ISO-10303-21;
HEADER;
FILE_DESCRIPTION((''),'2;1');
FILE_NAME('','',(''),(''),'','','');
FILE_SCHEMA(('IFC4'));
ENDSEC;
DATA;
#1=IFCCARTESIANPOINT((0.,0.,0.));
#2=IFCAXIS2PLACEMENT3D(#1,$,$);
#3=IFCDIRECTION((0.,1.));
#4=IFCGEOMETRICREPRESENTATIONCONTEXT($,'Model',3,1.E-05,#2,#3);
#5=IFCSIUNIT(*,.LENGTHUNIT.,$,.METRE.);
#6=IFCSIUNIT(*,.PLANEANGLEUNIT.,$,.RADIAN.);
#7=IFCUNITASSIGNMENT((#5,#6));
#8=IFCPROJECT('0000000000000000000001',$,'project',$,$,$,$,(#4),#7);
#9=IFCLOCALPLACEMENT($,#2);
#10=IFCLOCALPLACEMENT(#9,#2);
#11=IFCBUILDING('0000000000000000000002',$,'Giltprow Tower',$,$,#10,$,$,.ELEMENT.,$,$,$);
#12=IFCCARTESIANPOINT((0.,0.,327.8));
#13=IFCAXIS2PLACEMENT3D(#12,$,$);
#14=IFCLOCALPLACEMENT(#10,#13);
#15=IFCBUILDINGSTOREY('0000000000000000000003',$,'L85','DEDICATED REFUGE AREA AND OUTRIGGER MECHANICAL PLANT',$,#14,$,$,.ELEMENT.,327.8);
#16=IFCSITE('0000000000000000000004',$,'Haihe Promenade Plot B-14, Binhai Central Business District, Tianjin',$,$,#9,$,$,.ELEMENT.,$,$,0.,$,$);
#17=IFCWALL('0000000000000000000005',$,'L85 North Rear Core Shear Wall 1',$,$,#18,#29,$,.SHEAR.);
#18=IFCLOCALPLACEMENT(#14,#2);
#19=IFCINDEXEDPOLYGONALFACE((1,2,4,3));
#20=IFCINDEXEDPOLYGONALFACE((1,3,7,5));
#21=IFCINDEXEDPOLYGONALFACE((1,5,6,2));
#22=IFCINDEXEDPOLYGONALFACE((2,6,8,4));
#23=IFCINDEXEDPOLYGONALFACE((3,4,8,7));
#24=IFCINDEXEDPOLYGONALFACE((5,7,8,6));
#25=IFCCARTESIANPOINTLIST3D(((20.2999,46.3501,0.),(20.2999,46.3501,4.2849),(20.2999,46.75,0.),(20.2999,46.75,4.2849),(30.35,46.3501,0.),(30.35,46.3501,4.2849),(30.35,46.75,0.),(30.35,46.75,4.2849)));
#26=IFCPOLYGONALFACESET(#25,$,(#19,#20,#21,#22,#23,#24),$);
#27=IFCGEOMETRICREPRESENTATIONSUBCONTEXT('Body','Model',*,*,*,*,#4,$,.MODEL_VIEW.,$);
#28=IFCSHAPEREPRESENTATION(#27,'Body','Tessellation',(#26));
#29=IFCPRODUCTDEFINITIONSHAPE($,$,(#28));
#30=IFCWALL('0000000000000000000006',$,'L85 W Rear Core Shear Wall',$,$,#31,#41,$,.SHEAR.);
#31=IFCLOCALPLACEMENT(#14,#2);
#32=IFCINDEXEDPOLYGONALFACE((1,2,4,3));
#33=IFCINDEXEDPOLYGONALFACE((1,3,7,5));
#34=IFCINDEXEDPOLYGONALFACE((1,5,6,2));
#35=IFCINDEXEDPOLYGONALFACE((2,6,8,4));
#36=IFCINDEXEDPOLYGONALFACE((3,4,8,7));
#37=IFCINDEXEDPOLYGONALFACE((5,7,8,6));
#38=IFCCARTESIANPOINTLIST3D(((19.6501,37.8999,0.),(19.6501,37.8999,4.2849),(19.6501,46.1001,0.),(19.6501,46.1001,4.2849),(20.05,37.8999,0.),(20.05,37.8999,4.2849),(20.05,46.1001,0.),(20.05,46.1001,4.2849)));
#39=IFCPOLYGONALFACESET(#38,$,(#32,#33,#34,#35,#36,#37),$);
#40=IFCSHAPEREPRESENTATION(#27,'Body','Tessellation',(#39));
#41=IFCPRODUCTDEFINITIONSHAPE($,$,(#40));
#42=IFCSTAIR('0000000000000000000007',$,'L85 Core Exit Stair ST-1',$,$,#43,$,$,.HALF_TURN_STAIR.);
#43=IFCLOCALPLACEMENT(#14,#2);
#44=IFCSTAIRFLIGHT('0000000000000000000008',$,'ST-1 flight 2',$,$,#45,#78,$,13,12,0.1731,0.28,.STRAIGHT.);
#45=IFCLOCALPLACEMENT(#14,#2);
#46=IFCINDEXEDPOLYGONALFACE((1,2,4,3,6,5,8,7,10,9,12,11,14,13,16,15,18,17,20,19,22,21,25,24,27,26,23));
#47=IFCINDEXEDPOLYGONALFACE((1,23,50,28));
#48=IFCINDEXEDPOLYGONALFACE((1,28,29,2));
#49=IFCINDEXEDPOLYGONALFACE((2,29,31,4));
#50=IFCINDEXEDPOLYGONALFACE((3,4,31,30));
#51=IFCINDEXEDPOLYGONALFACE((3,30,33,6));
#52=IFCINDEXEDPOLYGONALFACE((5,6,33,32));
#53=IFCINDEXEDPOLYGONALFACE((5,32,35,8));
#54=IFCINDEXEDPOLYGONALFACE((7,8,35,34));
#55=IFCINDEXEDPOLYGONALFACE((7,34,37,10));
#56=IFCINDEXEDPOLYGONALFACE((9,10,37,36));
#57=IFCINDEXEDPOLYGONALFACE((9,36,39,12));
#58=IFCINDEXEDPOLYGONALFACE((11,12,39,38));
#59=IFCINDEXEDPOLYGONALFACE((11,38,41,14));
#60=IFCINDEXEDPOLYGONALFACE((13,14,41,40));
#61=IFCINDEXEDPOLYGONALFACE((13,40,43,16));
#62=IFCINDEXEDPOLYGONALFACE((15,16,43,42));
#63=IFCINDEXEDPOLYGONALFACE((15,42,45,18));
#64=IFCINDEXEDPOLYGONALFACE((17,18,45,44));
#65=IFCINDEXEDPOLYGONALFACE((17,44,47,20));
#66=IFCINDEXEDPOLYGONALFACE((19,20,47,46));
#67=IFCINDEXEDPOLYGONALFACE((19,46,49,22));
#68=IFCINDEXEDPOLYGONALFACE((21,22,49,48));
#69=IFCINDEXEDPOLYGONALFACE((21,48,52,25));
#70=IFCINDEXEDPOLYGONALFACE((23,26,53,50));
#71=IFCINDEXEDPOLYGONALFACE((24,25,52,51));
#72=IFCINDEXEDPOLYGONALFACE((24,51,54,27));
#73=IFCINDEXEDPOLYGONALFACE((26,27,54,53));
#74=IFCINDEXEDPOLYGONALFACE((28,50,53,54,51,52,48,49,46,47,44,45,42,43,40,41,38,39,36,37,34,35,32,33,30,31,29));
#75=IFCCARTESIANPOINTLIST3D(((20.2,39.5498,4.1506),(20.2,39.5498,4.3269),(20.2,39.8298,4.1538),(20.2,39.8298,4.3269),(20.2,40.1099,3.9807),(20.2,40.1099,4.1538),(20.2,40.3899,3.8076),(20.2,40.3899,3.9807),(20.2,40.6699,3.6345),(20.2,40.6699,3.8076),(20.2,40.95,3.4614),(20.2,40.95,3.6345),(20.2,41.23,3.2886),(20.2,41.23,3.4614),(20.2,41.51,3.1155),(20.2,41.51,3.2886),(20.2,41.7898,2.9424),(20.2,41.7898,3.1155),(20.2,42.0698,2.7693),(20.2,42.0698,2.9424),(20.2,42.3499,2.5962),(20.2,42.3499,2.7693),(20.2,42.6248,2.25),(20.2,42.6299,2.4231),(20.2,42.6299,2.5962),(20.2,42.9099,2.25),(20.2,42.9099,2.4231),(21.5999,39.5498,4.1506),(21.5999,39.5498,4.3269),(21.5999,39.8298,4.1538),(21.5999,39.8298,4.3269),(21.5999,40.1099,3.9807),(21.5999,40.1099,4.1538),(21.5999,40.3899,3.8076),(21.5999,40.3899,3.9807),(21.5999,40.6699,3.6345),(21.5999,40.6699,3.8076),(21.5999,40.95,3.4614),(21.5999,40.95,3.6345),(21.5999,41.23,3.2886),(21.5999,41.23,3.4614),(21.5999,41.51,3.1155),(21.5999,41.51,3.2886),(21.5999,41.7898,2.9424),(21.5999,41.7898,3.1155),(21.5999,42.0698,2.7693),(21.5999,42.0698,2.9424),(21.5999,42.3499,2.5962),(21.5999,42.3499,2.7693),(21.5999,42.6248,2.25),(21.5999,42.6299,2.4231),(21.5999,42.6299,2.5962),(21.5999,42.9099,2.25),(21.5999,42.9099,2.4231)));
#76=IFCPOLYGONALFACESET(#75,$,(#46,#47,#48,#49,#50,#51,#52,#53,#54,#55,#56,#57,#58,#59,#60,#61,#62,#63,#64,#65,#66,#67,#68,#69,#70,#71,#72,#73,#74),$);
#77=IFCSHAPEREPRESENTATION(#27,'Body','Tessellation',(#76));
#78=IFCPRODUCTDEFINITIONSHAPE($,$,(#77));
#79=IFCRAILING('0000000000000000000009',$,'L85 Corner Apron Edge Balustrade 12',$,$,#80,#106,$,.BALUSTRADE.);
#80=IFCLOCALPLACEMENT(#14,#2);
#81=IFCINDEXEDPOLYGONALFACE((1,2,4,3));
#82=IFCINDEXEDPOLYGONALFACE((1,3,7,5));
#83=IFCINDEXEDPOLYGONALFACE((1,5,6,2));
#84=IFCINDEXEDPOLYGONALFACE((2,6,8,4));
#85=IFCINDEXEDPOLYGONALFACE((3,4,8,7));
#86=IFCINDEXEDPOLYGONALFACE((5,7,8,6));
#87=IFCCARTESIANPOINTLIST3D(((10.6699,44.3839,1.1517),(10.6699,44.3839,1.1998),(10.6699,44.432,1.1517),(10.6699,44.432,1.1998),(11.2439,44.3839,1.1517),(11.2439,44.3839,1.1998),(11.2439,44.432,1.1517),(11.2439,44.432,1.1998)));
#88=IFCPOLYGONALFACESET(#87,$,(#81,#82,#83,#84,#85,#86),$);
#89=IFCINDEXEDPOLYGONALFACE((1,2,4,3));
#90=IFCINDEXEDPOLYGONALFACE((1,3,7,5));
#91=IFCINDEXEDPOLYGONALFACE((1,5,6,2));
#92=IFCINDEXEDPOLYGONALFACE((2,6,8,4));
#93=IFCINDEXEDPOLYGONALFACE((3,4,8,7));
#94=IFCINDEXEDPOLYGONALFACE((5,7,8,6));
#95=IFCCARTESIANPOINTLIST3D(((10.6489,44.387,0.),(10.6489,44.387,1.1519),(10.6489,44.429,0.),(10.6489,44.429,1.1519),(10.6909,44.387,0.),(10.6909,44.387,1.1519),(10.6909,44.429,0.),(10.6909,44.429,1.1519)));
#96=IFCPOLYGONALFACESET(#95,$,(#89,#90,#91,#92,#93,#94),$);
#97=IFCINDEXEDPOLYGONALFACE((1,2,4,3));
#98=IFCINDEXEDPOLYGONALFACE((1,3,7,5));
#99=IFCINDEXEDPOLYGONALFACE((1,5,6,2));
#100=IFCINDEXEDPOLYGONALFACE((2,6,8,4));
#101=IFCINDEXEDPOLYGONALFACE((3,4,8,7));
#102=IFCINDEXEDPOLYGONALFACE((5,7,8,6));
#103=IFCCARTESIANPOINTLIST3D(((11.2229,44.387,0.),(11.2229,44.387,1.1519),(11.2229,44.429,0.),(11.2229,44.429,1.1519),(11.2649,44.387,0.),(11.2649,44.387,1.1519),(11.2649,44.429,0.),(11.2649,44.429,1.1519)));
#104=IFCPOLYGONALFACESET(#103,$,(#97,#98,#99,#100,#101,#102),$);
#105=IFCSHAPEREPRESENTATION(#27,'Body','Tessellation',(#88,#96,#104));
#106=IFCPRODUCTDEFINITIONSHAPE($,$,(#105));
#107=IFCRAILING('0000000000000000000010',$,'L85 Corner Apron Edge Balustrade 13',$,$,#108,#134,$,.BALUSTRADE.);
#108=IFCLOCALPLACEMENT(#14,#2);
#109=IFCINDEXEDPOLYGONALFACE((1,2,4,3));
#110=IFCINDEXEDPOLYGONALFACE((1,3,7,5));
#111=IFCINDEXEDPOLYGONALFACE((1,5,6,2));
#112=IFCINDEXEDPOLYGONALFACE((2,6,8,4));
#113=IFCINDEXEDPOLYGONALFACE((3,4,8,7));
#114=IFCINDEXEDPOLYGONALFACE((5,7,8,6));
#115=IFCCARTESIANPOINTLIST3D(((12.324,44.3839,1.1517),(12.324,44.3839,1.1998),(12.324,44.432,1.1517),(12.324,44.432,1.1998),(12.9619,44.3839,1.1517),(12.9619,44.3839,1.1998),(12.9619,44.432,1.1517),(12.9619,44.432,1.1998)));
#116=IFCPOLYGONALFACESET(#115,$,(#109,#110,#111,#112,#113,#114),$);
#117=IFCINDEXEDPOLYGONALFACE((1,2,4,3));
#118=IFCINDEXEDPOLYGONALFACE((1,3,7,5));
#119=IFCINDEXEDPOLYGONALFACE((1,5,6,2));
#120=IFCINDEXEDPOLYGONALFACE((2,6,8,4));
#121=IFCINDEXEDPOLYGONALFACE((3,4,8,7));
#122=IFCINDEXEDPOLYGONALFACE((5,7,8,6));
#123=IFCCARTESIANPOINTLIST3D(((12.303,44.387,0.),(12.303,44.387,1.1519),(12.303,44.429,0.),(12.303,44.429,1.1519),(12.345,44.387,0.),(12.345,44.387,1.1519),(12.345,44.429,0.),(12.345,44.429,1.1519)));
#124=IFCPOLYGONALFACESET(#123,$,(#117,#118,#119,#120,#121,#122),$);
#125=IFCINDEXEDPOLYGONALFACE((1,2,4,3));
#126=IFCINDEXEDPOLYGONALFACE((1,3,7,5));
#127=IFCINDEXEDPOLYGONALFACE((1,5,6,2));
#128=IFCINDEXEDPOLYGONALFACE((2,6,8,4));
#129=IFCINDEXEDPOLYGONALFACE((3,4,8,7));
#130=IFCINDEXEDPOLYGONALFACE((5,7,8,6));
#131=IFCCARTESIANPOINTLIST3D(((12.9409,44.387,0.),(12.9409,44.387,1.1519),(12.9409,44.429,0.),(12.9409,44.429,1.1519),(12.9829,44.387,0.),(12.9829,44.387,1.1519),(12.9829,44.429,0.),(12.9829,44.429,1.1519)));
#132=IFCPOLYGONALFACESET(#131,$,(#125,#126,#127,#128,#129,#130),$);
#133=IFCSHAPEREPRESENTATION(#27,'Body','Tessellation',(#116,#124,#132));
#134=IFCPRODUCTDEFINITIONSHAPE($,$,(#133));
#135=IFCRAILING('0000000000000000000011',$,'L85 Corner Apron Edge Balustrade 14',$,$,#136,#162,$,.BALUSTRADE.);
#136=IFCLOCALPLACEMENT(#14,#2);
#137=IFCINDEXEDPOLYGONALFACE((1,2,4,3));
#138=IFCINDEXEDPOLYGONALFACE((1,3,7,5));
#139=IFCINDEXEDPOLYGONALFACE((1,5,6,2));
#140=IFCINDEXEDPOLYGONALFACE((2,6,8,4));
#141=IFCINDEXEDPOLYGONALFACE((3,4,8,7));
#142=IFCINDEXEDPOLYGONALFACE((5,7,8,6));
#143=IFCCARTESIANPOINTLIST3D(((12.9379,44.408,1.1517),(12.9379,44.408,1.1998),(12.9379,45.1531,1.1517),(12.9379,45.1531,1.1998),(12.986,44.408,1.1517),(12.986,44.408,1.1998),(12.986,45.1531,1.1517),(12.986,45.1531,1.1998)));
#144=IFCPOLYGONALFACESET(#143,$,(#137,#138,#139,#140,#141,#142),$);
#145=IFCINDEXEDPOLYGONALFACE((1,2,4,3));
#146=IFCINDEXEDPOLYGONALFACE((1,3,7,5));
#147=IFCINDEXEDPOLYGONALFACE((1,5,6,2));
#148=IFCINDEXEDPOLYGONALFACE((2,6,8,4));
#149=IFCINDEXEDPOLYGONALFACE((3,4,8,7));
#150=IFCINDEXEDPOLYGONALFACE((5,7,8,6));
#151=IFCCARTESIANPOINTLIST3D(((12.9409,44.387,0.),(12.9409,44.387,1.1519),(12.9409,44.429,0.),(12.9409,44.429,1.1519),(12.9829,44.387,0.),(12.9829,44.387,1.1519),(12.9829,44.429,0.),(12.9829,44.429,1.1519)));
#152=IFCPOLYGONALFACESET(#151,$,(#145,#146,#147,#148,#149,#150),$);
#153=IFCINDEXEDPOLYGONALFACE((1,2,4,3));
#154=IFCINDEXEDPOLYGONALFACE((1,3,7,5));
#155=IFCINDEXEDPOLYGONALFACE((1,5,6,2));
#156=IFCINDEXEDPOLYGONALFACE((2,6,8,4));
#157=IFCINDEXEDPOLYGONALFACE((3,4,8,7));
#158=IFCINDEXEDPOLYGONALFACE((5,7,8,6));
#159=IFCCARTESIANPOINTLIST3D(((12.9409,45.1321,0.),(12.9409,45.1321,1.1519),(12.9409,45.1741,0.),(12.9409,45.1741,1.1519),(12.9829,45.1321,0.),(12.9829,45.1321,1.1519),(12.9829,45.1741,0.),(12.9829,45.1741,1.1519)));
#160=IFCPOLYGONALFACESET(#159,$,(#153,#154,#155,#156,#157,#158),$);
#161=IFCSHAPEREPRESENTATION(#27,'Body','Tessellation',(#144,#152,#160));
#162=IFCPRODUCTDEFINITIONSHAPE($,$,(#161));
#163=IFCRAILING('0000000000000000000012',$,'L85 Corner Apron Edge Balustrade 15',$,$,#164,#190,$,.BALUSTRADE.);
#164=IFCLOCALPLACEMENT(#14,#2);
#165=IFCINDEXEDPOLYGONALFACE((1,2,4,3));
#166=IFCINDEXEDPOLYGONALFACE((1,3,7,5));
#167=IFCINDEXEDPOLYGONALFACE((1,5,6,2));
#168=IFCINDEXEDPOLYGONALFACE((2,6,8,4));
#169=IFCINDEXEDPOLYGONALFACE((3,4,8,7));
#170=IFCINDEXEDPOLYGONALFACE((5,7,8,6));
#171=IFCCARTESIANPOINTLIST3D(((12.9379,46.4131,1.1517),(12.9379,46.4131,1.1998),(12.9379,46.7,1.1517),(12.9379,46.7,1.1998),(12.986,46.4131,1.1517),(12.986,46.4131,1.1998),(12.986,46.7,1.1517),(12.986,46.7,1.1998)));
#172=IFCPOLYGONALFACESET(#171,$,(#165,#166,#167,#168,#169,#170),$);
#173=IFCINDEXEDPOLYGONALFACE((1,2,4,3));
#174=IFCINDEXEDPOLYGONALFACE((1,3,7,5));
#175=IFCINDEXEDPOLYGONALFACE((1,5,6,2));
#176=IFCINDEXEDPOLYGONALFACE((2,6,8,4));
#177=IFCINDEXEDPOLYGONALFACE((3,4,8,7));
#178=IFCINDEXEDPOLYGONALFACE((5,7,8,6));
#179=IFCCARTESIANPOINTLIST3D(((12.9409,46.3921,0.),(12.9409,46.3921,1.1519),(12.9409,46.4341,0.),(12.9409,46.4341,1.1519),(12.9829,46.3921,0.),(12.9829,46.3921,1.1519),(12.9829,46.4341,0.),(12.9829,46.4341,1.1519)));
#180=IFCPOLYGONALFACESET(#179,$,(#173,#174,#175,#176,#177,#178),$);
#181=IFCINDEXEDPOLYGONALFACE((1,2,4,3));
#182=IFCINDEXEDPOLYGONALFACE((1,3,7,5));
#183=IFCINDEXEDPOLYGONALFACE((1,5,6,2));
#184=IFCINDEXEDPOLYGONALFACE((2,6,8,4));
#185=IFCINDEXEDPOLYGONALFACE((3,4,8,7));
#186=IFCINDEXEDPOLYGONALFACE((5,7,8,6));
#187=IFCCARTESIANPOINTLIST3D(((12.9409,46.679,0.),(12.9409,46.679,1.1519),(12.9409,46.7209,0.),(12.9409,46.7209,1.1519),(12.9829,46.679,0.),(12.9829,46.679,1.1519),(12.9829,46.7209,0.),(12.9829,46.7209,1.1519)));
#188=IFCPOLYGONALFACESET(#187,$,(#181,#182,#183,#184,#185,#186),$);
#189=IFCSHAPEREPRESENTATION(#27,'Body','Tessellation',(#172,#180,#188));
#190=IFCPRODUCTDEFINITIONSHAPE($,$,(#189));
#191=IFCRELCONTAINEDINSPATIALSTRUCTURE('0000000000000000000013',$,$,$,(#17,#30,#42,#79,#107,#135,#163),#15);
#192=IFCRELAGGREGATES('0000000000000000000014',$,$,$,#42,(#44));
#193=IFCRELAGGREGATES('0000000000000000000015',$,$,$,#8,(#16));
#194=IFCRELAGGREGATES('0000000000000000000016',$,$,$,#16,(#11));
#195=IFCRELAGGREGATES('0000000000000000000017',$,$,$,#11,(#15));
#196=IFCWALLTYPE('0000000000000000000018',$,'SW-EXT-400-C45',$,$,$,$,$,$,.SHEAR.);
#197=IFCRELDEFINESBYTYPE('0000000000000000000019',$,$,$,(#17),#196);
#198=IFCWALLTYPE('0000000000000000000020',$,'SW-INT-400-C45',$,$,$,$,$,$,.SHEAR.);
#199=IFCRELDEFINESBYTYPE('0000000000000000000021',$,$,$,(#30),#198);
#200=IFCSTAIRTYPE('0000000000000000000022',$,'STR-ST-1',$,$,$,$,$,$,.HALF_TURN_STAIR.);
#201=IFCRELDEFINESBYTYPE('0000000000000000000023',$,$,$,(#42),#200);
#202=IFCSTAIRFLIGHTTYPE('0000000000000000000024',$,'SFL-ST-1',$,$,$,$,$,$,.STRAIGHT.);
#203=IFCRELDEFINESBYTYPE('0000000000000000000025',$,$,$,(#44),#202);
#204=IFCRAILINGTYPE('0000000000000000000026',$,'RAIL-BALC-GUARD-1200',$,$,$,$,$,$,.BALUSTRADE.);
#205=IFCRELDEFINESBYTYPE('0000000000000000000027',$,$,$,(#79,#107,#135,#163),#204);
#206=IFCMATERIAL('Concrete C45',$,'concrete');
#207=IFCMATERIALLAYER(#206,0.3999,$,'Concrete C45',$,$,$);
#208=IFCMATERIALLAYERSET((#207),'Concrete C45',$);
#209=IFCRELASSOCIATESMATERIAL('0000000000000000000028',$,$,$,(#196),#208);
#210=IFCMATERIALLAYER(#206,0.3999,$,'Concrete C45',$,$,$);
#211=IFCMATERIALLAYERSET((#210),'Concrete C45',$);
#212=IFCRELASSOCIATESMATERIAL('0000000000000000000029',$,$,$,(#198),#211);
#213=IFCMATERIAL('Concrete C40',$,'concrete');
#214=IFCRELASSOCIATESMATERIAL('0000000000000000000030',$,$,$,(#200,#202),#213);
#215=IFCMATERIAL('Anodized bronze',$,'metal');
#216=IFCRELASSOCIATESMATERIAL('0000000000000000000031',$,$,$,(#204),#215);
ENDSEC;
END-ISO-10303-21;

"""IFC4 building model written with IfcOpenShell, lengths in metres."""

from ifc_helpers import new_model, si_unit, direction, frame, frame_2d, origin, origin_2d, place, context, subcontext, project, spatial, polyline, rectangle, outline, extrude, material, layer, layer_set, type_object, element, aggregate, save


model = new_model("IFC4")

# Units and contexts
model_context = context("Model", 3, precision=1e-05, world=origin(), true_north=direction((0.0, 1.0)))
body_context = subcontext(model_context, "Body", "Model", "MODEL_VIEW")
ifc_project = project(units=[si_unit("LENGTHUNIT", "METRE"), si_unit("PLANEANGLEUNIT", "RADIAN")], contexts=[model_context])

# Site, building, storey
site_placement = place(None, origin())
site = spatial("IfcSite", under=ifc_project, at=site_placement, Name="Haihe Promenade Plot B-14, Binhai Central Business District, Tianjin", CompositionType="ELEMENT", RefElevation=0.0)
building_placement = place(site_placement, origin())
building = spatial("IfcBuilding", under=site, at=building_placement, Name="Giltprow Tower", CompositionType="ELEMENT")
storey_placement = place(building_placement, frame((0.0, 0.0, 327.8)))
storey = spatial("IfcBuildingStorey", under=building, at=storey_placement, Name="L85", Description="DEDICATED REFUGE AREA AND OUTRIGGER MECHANICAL PLANT", CompositionType="ELEMENT", Elevation=327.8)

# Shared definitions
ifc_material_1 = material(Name="Concrete C45", Category="concrete")

# Wall
ifc_material_2 = material(Name="Concrete C40", Category="concrete")
ifc_layer_1 = layer(ifc_material_1, 0.3999, Name="Concrete C45")
ifc_layer_set_1 = layer_set([ifc_layer_1], Name="Concrete C45")
wall_type_1 = type_object("IfcWallType", Name="SW-EXT-400-C45", PredefinedType="SHEAR", material=ifc_layer_set_1)
wall_1_placement = place(storey_placement, frame((20.3, 46.55, 0.0), z_axis=(0.0, 0.0, 1.0), x_axis=(1.0, 0.0, 0.0)))
element("IfcWall", 1, at=wall_1_placement, inside=storey, type_object=wall_type_1, Name="L85 North Rear Core Shear Wall 1", PredefinedType="SHEAR", context=body_context, shape_type="SweptSolid", body=[
    extrude(rectangle(XDim=10.05, YDim=0.3999, at=frame_2d((5.0249, 0.0))), origin(), (0.0, 0.0, 1.0), 4.2849),
])

# Shared definitions
ifc_layer_2 = layer(ifc_material_1, 0.3999, Name="Concrete C45")
ifc_layer_set_2 = layer_set([ifc_layer_2], Name="Concrete C45")
wall_type_2 = type_object("IfcWallType", Name="SW-INT-400-C45", PredefinedType="SHEAR", material=ifc_layer_set_2)

# Wall
wall_2_placement = place(storey_placement, frame((19.8501, 37.8999, 0.0), z_axis=(0.0, 0.0, 1.0), x_axis=(0.0, 1.0, 0.0)))
element("IfcWall", 2, at=wall_2_placement, inside=storey, type_object=wall_type_2, Name="L85 W Rear Core Shear Wall", PredefinedType="SHEAR", context=body_context, shape_type="SweptSolid", body=[
    extrude(rectangle(XDim=8.2002, YDim=0.3999, at=frame_2d((4.1001, 0.0))), origin(), (0.0, 0.0, 1.0), 4.2849),
])

# Stair, stair flight
stair_type = type_object("IfcStairType", Name="STR-ST-1", PredefinedType="HALF_TURN_STAIR", material=ifc_material_2)
stair_placement = place(storey_placement, origin())
stair = element("IfcStair", 3, at=stair_placement, inside=storey, type_object=stair_type, Name="L85 Core Exit Stair ST-1", PredefinedType="HALF_TURN_STAIR")
stair_flight_type = type_object("IfcStairFlightType", Name="SFL-ST-1", PredefinedType="STRAIGHT", material=ifc_material_2)
stair_flight_placement = place(storey_placement, frame((20.8999, 42.9099, 2.25), z_axis=(0.0, 0.0, 1.0), x_axis=(0.0, -1.0, 0.0)))
stair_flight = element("IfcStairFlight", 4, at=stair_flight_placement, type_object=stair_flight_type, Name="ST-1 flight 2", NumberOfRisers=13, NumberOfTreads=12, PredefinedType="STRAIGHT", RiserHeight=0.1731, TreadLength=0.28, context=body_context, shape_type="SweptSolid", body=[
    extrude(outline(polyline([(0.0, 0.0), (0.0, 0.1731), (0.28, 0.1731), (0.28, 0.3462), (0.5601, 0.3462), (0.5601, 0.5193), (0.8401, 0.5193), (0.8401, 0.6924), (1.1201, 0.6924), (1.1201, 0.8655), (1.3999, 0.8655), (1.3999, 1.0386), (1.6799, 1.0386), (1.6799, 1.2114), (1.96, 1.2114), (1.96, 1.3845), (2.24, 1.3845), (2.24, 1.5576), (2.52, 1.5576), (2.52, 1.7307), (2.8, 1.7307), (2.8, 1.9038), (3.0801, 1.9038), (3.0801, 2.0769), (3.3601, 2.0769), (3.3601, 2.25), (3.3601, 1.9006), (0.2852, 0.0), (0.0, 0.0)])), frame((0.0, 0.7, 0.0), z_axis=(0.0, -1.0, 0.0), x_axis=(1.0, 0.0, 0.0)), (0.0, 0.0, 1.0), 1.3999),
])
aggregate(stair, [stair_flight])

# Railings
ifc_material_3 = material(Name="Anodized bronze", Category="metal")
railing_type_1 = type_object("IfcRailingType", Name="RAIL-BALC-GUARD-1200", PredefinedType="BALUSTRADE", material=ifc_material_3)
railing_1_placement = place(storey_placement, frame((10.6699, 44.408, 0.0)))
element("IfcRailing", 5, at=railing_1_placement, inside=storey, type_object=railing_type_1, Name="L85 Corner Apron Edge Balustrade 12", PredefinedType="BALUSTRADE", context=body_context, shape_type="SweptSolid", body=[
    extrude(rectangle(XDim=0.0481, YDim=0.0481, at=origin_2d()), frame((0.0, 0.0, 1.1758), z_axis=(1.0, 0.0, 0.0), x_axis=(0.0, 1.0, 0.0)), (0.0, 0.0, 1.0), 0.574),
    extrude(rectangle(XDim=0.042, YDim=0.042, at=origin_2d()), origin(), (0.0, 0.0, 1.0), 1.1519),
    extrude(rectangle(XDim=0.042, YDim=0.042, at=origin_2d()), frame((0.574, 0.0, 0.0)), (0.0, 0.0, 1.0), 1.1519),
])
railing_2_placement = place(storey_placement, frame((12.324, 44.408, 0.0)))
element("IfcRailing", 6, at=railing_2_placement, inside=storey, type_object=railing_type_1, Name="L85 Corner Apron Edge Balustrade 13", PredefinedType="BALUSTRADE", context=body_context, shape_type="SweptSolid", body=[
    extrude(rectangle(XDim=0.0481, YDim=0.0481, at=origin_2d()), frame((0.0, 0.0, 1.1758), z_axis=(1.0, 0.0, 0.0), x_axis=(0.0, 1.0, 0.0)), (0.0, 0.0, 1.0), 0.6379),
    extrude(rectangle(XDim=0.042, YDim=0.042, at=origin_2d()), origin(), (0.0, 0.0, 1.0), 1.1519),
    extrude(rectangle(XDim=0.042, YDim=0.042, at=origin_2d()), frame((0.6379, 0.0, 0.0)), (0.0, 0.0, 1.0), 1.1519),
])
railing_3_placement = place(storey_placement, frame((12.9619, 44.408, 0.0)))
element("IfcRailing", 7, at=railing_3_placement, inside=storey, type_object=railing_type_1, Name="L85 Corner Apron Edge Balustrade 14", PredefinedType="BALUSTRADE", context=body_context, shape_type="SweptSolid", body=[
    extrude(rectangle(XDim=0.0481, YDim=0.0481, at=origin_2d()), frame((0.0, 0.0, 1.1758), z_axis=(0.0, 1.0, 0.0), x_axis=(-1.0, 0.0, 0.0)), (0.0, 0.0, 1.0), 0.7451),
    extrude(rectangle(XDim=0.042, YDim=0.042, at=origin_2d()), origin(), (0.0, 0.0, 1.0), 1.1519),
    extrude(rectangle(XDim=0.042, YDim=0.042, at=origin_2d()), frame((0.0, 0.7451, 0.0)), (0.0, 0.0, 1.0), 1.1519),
])
railing_4_placement = place(storey_placement, frame((12.9619, 46.4131, 0.0)))
element("IfcRailing", 8, at=railing_4_placement, inside=storey, type_object=railing_type_1, Name="L85 Corner Apron Edge Balustrade 15", PredefinedType="BALUSTRADE", context=body_context, shape_type="SweptSolid", body=[
    extrude(rectangle(XDim=0.0481, YDim=0.0481, at=origin_2d()), frame((0.0, 0.0, 1.1758), z_axis=(0.0, 1.0, 0.0), x_axis=(-1.0, 0.0, 0.0)), (0.0, 0.0, 1.0), 0.2869),
    extrude(rectangle(XDim=0.042, YDim=0.042, at=origin_2d()), origin(), (0.0, 0.0, 1.0), 1.1519),
    extrude(rectangle(XDim=0.042, YDim=0.042, at=origin_2d()), frame((0.0, 0.2869, 0.0)), (0.0, 0.0, 1.0), 1.1519),
])

save(model, "model.ifc")
